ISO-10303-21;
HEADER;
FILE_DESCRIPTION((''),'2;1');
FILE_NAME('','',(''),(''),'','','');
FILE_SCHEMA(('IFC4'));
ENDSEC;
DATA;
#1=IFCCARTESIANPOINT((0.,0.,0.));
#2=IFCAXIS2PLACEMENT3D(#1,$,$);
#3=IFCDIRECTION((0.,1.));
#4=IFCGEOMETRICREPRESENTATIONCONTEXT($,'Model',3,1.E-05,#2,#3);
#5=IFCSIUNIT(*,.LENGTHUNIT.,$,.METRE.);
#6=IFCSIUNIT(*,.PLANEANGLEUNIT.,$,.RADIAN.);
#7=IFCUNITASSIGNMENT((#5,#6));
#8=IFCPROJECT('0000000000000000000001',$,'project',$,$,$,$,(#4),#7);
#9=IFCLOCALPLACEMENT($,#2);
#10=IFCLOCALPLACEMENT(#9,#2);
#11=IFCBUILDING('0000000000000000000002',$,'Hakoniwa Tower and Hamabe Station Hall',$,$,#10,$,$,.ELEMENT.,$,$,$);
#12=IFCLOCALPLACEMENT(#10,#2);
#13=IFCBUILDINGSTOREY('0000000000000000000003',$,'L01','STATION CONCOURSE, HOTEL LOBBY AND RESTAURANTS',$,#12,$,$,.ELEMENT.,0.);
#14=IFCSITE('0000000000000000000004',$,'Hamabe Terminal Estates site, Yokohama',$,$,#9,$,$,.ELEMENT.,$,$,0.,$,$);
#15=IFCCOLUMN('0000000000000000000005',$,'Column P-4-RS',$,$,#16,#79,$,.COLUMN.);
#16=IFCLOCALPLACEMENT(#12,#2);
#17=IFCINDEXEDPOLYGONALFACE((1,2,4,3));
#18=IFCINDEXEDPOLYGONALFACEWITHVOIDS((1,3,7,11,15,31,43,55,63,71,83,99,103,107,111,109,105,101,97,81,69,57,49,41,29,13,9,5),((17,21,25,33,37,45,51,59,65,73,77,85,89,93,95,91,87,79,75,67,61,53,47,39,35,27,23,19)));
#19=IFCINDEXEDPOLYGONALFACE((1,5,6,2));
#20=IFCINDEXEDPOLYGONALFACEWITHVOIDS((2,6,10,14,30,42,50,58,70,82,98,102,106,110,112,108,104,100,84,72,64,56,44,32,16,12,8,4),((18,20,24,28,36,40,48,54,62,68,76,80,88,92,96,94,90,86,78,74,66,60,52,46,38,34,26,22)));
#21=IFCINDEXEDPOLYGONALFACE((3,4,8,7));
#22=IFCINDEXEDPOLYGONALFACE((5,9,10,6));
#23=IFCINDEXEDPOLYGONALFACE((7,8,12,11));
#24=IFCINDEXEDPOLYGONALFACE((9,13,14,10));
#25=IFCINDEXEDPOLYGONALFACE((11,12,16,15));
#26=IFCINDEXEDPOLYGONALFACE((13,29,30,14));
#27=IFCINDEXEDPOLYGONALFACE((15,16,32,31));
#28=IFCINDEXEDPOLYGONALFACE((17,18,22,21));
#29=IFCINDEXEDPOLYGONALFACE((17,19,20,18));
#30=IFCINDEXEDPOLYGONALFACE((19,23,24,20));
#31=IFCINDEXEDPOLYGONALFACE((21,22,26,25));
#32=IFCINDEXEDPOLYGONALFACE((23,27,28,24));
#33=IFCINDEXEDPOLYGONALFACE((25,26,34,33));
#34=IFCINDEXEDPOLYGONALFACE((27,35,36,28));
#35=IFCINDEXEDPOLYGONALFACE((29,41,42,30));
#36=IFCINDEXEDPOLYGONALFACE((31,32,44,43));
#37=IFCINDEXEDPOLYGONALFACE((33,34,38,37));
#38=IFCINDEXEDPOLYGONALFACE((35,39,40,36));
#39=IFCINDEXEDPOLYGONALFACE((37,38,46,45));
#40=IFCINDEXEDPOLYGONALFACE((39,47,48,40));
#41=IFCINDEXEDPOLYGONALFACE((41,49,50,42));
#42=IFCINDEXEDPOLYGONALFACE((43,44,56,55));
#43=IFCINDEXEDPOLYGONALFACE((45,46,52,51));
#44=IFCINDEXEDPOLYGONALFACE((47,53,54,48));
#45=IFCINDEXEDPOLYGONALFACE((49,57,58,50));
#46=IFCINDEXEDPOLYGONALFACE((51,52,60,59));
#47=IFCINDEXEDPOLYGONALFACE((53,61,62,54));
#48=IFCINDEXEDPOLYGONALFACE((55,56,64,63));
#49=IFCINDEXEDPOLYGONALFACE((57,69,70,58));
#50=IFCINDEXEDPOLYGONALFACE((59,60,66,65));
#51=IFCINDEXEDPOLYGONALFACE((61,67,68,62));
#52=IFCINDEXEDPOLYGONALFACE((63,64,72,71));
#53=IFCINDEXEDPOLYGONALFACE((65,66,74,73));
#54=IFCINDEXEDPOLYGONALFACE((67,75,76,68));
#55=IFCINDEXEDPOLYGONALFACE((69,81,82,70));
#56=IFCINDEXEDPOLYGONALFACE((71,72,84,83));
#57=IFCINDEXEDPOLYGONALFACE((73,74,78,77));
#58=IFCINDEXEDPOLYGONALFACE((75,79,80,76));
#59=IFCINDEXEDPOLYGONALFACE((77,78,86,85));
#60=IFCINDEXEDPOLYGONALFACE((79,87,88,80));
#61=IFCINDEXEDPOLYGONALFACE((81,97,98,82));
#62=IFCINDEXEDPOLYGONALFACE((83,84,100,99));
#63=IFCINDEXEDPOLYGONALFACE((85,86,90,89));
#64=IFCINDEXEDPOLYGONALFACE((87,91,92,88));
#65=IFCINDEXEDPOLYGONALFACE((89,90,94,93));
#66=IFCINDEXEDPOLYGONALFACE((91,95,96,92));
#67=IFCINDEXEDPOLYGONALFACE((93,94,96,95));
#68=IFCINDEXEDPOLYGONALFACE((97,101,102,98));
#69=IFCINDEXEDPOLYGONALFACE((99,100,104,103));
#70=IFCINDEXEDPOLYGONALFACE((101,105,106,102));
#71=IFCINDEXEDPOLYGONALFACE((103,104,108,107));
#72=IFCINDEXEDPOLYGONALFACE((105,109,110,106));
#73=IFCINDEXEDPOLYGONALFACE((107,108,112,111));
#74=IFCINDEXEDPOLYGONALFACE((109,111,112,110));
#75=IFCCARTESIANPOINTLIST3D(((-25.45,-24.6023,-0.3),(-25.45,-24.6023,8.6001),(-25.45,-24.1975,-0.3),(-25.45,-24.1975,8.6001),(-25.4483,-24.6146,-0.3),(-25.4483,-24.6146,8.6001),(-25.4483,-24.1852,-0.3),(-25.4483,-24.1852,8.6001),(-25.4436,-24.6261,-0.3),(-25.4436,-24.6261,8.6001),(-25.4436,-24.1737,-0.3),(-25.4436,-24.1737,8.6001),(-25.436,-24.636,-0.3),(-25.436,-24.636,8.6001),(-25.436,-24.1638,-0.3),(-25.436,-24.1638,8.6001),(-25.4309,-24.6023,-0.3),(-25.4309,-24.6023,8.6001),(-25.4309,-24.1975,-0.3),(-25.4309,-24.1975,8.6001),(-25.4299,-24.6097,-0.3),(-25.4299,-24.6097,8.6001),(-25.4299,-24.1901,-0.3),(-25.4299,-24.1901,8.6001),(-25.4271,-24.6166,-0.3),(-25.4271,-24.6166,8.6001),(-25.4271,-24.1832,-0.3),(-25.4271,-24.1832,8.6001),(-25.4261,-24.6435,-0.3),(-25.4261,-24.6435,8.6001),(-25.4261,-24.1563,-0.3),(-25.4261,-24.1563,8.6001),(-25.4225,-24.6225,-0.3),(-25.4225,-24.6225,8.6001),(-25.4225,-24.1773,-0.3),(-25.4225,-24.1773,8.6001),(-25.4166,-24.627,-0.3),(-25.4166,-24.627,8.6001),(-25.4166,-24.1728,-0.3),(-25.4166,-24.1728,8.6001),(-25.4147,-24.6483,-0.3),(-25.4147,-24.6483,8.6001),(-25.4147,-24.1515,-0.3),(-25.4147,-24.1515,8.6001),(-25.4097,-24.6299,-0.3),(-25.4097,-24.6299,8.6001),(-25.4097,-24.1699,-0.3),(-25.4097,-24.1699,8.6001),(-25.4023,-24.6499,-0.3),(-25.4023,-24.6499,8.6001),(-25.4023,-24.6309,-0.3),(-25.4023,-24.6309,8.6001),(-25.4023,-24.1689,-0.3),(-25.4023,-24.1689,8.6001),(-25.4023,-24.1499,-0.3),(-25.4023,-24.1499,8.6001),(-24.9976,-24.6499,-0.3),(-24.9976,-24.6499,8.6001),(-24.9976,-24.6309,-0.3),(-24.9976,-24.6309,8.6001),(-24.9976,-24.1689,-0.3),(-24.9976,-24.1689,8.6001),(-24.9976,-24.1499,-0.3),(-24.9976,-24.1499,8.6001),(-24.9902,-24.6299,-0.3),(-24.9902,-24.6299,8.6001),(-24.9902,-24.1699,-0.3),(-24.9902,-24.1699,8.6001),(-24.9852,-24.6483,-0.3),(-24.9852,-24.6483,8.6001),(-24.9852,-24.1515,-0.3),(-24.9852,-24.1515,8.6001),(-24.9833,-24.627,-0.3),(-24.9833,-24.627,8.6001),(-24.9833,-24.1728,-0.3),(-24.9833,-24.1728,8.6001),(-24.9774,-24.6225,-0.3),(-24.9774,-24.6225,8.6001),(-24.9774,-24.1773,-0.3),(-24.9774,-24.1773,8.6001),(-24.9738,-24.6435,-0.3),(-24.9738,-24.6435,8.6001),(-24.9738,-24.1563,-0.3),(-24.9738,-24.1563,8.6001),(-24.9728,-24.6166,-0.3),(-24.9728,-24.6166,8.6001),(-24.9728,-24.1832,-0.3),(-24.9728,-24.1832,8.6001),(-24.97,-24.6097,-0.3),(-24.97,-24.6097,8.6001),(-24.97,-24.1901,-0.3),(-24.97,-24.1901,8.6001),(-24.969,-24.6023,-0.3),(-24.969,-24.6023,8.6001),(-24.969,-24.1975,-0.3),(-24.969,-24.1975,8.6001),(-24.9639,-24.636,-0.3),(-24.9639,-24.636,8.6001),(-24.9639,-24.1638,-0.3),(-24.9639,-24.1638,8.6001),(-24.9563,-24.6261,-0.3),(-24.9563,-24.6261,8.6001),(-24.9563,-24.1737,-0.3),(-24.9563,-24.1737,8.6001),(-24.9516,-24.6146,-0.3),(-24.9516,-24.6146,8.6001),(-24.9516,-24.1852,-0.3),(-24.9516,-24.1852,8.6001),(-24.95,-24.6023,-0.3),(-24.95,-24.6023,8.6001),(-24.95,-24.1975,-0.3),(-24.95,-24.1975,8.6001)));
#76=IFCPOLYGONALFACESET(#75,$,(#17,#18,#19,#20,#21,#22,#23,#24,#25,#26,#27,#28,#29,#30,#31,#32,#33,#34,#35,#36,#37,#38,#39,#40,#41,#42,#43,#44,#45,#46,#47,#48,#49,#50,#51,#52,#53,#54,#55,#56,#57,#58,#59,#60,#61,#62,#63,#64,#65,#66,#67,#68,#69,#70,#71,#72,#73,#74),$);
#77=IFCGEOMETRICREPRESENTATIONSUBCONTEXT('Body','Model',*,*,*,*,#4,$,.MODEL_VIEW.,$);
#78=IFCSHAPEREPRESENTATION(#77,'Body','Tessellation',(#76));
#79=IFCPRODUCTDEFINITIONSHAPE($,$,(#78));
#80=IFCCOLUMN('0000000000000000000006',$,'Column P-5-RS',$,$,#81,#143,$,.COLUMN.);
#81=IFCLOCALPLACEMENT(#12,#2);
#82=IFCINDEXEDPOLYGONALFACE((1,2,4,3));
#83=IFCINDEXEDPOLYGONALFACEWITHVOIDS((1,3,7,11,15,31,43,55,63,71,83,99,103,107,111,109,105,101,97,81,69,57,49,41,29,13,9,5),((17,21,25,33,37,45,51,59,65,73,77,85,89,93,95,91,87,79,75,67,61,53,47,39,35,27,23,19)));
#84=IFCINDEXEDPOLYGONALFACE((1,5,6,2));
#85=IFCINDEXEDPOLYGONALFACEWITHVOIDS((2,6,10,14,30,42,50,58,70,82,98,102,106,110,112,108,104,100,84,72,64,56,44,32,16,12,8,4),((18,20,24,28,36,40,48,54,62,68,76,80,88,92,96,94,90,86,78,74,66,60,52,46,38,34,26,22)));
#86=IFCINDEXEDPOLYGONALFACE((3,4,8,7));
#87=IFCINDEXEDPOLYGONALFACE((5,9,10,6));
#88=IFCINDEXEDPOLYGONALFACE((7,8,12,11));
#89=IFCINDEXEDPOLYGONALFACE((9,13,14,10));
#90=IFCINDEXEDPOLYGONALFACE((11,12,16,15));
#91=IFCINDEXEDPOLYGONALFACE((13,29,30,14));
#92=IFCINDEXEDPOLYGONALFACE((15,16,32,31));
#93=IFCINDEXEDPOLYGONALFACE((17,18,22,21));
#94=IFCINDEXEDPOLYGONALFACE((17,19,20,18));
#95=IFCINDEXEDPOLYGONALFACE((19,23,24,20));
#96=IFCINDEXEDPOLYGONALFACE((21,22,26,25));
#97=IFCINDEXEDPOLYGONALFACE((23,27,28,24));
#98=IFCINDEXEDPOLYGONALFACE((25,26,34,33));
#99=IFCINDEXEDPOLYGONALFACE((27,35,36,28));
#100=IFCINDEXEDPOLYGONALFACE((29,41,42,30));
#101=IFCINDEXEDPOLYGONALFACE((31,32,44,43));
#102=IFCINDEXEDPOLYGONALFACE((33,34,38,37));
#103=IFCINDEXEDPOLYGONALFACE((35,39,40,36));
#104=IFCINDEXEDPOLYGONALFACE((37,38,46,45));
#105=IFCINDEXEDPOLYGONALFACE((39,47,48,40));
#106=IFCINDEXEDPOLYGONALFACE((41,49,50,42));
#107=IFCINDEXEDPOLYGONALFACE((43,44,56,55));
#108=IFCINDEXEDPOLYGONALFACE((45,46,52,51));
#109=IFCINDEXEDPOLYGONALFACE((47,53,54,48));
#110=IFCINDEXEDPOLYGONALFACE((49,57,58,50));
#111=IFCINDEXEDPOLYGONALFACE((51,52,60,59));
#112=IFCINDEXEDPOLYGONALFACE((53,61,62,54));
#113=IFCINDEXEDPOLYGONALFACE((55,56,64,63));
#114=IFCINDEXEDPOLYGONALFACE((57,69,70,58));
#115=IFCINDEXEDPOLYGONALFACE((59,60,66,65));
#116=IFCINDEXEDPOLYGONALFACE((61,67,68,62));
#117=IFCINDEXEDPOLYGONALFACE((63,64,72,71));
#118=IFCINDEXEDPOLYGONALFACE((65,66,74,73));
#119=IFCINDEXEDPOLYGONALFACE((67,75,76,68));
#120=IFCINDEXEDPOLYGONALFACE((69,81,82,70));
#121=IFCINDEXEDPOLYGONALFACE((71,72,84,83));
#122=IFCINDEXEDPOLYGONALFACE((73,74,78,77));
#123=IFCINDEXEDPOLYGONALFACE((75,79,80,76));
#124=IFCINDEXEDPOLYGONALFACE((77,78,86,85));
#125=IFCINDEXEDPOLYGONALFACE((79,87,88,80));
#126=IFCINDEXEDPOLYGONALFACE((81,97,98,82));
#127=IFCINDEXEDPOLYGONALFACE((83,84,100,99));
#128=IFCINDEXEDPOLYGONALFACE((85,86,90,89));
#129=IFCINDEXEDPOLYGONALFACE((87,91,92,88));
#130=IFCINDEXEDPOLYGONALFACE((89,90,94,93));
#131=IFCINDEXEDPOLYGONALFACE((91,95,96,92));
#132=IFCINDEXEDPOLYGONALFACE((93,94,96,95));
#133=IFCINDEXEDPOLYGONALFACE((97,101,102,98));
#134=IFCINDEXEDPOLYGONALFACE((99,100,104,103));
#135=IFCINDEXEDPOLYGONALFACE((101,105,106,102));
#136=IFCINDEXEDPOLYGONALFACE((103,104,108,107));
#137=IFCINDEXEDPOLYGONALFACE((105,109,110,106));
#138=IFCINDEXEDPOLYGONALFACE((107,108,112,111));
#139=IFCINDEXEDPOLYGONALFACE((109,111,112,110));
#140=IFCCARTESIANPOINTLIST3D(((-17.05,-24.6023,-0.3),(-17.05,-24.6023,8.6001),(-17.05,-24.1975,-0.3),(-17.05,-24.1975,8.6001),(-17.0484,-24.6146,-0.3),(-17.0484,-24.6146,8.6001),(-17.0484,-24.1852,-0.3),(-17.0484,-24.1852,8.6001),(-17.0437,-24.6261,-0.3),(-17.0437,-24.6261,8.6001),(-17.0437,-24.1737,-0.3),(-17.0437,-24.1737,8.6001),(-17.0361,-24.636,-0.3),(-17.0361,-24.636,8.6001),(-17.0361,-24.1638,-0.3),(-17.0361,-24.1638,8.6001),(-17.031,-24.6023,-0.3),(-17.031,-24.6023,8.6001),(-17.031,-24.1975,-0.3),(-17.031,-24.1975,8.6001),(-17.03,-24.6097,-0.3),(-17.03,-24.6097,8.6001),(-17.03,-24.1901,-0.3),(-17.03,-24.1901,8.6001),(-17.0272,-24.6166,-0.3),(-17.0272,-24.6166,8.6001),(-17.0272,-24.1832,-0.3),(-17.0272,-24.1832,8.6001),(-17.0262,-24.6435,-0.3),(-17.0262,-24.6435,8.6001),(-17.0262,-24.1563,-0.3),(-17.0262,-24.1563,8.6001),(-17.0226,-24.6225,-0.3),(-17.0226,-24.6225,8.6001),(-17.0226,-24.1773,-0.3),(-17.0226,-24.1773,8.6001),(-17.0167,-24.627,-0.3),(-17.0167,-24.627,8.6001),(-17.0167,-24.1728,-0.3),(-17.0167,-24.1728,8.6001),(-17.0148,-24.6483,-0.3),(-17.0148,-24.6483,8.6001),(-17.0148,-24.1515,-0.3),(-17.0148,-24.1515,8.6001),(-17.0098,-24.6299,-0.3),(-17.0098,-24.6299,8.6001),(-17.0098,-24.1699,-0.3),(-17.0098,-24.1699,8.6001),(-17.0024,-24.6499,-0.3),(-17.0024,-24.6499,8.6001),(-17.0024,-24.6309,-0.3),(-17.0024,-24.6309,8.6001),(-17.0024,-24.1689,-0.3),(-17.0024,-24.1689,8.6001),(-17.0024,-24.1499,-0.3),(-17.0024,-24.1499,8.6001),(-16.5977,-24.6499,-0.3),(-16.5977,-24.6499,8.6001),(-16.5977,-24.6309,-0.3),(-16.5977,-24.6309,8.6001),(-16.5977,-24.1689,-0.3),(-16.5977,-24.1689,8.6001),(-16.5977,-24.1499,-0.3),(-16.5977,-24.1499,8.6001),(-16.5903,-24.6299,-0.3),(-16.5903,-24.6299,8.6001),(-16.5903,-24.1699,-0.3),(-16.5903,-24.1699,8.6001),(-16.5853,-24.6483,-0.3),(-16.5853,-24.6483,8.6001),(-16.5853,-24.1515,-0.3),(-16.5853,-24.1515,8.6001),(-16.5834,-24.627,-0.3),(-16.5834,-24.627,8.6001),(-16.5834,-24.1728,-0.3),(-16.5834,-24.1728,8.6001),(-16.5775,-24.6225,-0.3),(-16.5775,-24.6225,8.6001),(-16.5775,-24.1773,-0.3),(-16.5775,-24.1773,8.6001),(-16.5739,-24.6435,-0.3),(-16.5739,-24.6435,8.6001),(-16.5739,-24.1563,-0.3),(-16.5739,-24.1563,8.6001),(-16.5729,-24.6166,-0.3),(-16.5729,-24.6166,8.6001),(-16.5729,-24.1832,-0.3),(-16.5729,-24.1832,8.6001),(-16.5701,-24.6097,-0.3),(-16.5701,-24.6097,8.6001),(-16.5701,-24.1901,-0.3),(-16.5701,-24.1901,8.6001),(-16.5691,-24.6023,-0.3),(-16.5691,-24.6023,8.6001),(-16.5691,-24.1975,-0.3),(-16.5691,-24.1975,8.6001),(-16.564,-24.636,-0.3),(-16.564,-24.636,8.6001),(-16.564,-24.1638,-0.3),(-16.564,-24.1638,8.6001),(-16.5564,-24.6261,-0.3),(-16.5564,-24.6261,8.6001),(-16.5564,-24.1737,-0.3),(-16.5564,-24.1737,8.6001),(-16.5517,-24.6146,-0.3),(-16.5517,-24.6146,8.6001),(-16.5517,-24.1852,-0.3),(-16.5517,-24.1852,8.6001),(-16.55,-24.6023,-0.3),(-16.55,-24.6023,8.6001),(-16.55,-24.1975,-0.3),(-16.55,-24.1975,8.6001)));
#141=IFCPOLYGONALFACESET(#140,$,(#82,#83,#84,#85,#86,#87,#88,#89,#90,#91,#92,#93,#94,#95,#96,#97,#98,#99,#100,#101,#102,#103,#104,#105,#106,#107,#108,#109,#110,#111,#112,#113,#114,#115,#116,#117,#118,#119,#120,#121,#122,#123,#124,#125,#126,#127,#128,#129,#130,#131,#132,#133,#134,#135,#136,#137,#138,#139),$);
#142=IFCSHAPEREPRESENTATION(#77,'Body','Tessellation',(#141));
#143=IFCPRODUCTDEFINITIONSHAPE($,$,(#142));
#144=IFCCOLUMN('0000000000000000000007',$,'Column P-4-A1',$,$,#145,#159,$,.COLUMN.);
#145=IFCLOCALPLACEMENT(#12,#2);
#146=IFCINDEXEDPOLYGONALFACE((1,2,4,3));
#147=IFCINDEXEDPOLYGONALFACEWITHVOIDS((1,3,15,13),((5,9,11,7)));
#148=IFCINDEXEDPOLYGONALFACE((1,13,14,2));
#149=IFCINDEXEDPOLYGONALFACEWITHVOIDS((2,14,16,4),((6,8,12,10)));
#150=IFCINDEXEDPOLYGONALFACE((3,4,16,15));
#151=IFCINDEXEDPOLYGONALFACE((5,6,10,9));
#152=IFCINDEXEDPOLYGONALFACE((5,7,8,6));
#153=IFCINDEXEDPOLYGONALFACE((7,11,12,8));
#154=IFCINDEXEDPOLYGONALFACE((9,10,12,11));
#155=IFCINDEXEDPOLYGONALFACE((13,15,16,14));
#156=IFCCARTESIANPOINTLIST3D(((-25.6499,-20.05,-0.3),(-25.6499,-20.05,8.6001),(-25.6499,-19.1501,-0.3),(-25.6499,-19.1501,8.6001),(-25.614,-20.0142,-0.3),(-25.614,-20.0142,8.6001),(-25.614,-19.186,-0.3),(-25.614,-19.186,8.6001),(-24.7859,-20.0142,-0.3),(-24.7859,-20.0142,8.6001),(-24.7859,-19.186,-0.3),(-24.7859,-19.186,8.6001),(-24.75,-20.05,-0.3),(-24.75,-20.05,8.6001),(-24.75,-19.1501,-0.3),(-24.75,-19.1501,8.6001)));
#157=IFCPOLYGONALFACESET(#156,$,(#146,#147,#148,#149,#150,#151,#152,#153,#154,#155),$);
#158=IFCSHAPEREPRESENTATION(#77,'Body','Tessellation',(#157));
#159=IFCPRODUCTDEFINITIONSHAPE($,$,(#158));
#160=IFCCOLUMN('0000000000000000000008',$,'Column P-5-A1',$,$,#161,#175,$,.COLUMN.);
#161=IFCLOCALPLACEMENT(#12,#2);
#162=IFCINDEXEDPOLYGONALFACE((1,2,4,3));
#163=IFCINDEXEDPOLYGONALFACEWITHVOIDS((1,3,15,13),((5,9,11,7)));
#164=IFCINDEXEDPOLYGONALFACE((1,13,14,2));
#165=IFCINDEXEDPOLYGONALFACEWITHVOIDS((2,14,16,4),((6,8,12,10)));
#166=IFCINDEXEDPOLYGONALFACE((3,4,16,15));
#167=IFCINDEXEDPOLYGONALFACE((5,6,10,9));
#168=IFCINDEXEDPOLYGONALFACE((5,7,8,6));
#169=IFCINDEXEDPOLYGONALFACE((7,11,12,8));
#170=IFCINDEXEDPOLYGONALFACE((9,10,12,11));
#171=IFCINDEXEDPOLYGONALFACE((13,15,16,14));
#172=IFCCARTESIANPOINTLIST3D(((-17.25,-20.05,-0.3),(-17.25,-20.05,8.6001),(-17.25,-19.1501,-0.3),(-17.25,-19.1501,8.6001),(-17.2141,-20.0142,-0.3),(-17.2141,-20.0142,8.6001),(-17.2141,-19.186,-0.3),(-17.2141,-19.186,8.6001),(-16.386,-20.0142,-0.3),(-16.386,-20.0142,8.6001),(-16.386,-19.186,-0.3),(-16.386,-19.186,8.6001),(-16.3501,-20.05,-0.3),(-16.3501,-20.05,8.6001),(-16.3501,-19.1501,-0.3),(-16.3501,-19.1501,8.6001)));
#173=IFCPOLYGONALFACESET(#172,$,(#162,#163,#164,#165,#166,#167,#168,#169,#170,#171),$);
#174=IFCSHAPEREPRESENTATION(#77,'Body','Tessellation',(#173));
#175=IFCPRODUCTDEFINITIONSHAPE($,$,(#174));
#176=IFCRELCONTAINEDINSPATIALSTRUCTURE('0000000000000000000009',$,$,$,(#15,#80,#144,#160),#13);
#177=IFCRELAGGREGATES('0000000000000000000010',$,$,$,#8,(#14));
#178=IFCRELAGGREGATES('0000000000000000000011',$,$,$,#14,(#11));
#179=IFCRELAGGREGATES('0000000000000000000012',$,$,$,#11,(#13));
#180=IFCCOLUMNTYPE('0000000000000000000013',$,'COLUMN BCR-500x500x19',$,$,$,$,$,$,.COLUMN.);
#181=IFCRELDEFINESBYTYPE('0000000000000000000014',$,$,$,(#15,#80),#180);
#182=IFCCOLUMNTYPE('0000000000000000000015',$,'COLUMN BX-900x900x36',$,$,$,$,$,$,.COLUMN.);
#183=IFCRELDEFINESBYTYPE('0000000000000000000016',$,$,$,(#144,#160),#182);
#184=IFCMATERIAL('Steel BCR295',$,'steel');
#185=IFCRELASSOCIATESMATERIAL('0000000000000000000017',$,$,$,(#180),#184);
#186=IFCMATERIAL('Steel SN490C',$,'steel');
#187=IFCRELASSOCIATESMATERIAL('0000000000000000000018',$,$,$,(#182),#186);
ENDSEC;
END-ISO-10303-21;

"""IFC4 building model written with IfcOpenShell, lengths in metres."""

from ifc_helpers import new_model, si_unit, direction, frame, origin, origin_2d, place, context, subcontext, project, spatial, hollow_rectangle, extrude, material, material_profile, profile_set, type_object, element, save


model = new_model("IFC4")

# Units and contexts
model_context = context("Model", 3, precision=1e-05, world=origin(), true_north=direction((0.0, 1.0)))
body_context = subcontext(model_context, "Body", "Model", "MODEL_VIEW")
ifc_project = project(units=[si_unit("LENGTHUNIT", "METRE"), si_unit("PLANEANGLEUNIT", "RADIAN")], contexts=[model_context])

# Site, building, storey
site_placement = place(None, origin())
site = spatial("IfcSite", under=ifc_project, at=site_placement, Name="Hamabe Terminal Estates site, Yokohama", CompositionType="ELEMENT", RefElevation=0.0)
building_placement = place(site_placement, origin())
building = spatial("IfcBuilding", under=site, at=building_placement, Name="Hakoniwa Tower and Hamabe Station Hall", CompositionType="ELEMENT")
storey_placement = place(building_placement, origin())
storey = spatial("IfcBuildingStorey", under=building, at=storey_placement, Name="L01", Description="STATION CONCOURSE, HOTEL LOBBY AND RESTAURANTS", CompositionType="ELEMENT", Elevation=0.0)

# Columns
ifc_material_1 = material(Name="Steel BCR295", Category="steel")
ifc_material_profile_1 = material_profile(ifc_material_1, hollow_rectangle(XDim=0.5, YDim=0.5, WallThickness=0.019, InnerFilletRadius=0.0286, OuterFilletRadius=0.0476, at=origin_2d()), Name="BCR-500x500x19")
ifc_profile_set_1 = profile_set([ifc_material_profile_1], Name="Steel BCR295")
column_type_1 = type_object("IfcColumnType", Name="COLUMN BCR-500x500x19", PredefinedType="COLUMN", material=ifc_profile_set_1)
for number, where, z_axis, x_axis, name in (
    (1, (-25.2, -24.3999, -0.3), (0.0, 0.0, 1.0), (1.0, 0.0, 0.0), "Column P-4-RS"),
    (2, (-16.8, -24.3999, -0.3), (0.0, 0.0, 1.0), (1.0, 0.0, 0.0), "Column P-5-RS"),
):
    element("IfcColumn", number, at=place(storey_placement, frame(where, z_axis=z_axis, x_axis=x_axis)), inside=storey, type_object=column_type_1, Name=name, PredefinedType="COLUMN", context=body_context, shape_type="SweptSolid", body=[
        extrude(hollow_rectangle(XDim=0.5, YDim=0.5, WallThickness=0.019, InnerFilletRadius=0.0286, OuterFilletRadius=0.0476, at=origin_2d()), origin(), (0.0, 0.0, 1.0), 8.9001),
    ])
ifc_material_2 = material(Name="Steel SN490C", Category="steel")
ifc_material_profile_2 = material_profile(ifc_material_2, hollow_rectangle(XDim=0.8999, YDim=0.8999, WallThickness=0.0359, at=origin_2d()), Name="BX-900x900x36")
ifc_profile_set_2 = profile_set([ifc_material_profile_2], Name="Steel SN490C")
column_type_2 = type_object("IfcColumnType", Name="COLUMN BX-900x900x36", PredefinedType="COLUMN", material=ifc_profile_set_2)
for number, where, z_axis, x_axis, name in (
    (3, (-25.2, -19.6001, -0.3), (0.0, 0.0, 1.0), (1.0, 0.0, 0.0), "Column P-4-A1"),
    (4, (-16.8, -19.6001, -0.3), (0.0, 0.0, 1.0), (1.0, 0.0, 0.0), "Column P-5-A1"),
):
    element("IfcColumn", number, at=place(storey_placement, frame(where, z_axis=z_axis, x_axis=x_axis)), inside=storey, type_object=column_type_2, Name=name, PredefinedType="COLUMN", context=body_context, shape_type="SweptSolid", body=[
        extrude(hollow_rectangle(XDim=0.8999, YDim=0.8999, WallThickness=0.0359, at=origin_2d()), origin(), (0.0, 0.0, 1.0), 8.9001),
    ])

save(model, "model.ifc")
